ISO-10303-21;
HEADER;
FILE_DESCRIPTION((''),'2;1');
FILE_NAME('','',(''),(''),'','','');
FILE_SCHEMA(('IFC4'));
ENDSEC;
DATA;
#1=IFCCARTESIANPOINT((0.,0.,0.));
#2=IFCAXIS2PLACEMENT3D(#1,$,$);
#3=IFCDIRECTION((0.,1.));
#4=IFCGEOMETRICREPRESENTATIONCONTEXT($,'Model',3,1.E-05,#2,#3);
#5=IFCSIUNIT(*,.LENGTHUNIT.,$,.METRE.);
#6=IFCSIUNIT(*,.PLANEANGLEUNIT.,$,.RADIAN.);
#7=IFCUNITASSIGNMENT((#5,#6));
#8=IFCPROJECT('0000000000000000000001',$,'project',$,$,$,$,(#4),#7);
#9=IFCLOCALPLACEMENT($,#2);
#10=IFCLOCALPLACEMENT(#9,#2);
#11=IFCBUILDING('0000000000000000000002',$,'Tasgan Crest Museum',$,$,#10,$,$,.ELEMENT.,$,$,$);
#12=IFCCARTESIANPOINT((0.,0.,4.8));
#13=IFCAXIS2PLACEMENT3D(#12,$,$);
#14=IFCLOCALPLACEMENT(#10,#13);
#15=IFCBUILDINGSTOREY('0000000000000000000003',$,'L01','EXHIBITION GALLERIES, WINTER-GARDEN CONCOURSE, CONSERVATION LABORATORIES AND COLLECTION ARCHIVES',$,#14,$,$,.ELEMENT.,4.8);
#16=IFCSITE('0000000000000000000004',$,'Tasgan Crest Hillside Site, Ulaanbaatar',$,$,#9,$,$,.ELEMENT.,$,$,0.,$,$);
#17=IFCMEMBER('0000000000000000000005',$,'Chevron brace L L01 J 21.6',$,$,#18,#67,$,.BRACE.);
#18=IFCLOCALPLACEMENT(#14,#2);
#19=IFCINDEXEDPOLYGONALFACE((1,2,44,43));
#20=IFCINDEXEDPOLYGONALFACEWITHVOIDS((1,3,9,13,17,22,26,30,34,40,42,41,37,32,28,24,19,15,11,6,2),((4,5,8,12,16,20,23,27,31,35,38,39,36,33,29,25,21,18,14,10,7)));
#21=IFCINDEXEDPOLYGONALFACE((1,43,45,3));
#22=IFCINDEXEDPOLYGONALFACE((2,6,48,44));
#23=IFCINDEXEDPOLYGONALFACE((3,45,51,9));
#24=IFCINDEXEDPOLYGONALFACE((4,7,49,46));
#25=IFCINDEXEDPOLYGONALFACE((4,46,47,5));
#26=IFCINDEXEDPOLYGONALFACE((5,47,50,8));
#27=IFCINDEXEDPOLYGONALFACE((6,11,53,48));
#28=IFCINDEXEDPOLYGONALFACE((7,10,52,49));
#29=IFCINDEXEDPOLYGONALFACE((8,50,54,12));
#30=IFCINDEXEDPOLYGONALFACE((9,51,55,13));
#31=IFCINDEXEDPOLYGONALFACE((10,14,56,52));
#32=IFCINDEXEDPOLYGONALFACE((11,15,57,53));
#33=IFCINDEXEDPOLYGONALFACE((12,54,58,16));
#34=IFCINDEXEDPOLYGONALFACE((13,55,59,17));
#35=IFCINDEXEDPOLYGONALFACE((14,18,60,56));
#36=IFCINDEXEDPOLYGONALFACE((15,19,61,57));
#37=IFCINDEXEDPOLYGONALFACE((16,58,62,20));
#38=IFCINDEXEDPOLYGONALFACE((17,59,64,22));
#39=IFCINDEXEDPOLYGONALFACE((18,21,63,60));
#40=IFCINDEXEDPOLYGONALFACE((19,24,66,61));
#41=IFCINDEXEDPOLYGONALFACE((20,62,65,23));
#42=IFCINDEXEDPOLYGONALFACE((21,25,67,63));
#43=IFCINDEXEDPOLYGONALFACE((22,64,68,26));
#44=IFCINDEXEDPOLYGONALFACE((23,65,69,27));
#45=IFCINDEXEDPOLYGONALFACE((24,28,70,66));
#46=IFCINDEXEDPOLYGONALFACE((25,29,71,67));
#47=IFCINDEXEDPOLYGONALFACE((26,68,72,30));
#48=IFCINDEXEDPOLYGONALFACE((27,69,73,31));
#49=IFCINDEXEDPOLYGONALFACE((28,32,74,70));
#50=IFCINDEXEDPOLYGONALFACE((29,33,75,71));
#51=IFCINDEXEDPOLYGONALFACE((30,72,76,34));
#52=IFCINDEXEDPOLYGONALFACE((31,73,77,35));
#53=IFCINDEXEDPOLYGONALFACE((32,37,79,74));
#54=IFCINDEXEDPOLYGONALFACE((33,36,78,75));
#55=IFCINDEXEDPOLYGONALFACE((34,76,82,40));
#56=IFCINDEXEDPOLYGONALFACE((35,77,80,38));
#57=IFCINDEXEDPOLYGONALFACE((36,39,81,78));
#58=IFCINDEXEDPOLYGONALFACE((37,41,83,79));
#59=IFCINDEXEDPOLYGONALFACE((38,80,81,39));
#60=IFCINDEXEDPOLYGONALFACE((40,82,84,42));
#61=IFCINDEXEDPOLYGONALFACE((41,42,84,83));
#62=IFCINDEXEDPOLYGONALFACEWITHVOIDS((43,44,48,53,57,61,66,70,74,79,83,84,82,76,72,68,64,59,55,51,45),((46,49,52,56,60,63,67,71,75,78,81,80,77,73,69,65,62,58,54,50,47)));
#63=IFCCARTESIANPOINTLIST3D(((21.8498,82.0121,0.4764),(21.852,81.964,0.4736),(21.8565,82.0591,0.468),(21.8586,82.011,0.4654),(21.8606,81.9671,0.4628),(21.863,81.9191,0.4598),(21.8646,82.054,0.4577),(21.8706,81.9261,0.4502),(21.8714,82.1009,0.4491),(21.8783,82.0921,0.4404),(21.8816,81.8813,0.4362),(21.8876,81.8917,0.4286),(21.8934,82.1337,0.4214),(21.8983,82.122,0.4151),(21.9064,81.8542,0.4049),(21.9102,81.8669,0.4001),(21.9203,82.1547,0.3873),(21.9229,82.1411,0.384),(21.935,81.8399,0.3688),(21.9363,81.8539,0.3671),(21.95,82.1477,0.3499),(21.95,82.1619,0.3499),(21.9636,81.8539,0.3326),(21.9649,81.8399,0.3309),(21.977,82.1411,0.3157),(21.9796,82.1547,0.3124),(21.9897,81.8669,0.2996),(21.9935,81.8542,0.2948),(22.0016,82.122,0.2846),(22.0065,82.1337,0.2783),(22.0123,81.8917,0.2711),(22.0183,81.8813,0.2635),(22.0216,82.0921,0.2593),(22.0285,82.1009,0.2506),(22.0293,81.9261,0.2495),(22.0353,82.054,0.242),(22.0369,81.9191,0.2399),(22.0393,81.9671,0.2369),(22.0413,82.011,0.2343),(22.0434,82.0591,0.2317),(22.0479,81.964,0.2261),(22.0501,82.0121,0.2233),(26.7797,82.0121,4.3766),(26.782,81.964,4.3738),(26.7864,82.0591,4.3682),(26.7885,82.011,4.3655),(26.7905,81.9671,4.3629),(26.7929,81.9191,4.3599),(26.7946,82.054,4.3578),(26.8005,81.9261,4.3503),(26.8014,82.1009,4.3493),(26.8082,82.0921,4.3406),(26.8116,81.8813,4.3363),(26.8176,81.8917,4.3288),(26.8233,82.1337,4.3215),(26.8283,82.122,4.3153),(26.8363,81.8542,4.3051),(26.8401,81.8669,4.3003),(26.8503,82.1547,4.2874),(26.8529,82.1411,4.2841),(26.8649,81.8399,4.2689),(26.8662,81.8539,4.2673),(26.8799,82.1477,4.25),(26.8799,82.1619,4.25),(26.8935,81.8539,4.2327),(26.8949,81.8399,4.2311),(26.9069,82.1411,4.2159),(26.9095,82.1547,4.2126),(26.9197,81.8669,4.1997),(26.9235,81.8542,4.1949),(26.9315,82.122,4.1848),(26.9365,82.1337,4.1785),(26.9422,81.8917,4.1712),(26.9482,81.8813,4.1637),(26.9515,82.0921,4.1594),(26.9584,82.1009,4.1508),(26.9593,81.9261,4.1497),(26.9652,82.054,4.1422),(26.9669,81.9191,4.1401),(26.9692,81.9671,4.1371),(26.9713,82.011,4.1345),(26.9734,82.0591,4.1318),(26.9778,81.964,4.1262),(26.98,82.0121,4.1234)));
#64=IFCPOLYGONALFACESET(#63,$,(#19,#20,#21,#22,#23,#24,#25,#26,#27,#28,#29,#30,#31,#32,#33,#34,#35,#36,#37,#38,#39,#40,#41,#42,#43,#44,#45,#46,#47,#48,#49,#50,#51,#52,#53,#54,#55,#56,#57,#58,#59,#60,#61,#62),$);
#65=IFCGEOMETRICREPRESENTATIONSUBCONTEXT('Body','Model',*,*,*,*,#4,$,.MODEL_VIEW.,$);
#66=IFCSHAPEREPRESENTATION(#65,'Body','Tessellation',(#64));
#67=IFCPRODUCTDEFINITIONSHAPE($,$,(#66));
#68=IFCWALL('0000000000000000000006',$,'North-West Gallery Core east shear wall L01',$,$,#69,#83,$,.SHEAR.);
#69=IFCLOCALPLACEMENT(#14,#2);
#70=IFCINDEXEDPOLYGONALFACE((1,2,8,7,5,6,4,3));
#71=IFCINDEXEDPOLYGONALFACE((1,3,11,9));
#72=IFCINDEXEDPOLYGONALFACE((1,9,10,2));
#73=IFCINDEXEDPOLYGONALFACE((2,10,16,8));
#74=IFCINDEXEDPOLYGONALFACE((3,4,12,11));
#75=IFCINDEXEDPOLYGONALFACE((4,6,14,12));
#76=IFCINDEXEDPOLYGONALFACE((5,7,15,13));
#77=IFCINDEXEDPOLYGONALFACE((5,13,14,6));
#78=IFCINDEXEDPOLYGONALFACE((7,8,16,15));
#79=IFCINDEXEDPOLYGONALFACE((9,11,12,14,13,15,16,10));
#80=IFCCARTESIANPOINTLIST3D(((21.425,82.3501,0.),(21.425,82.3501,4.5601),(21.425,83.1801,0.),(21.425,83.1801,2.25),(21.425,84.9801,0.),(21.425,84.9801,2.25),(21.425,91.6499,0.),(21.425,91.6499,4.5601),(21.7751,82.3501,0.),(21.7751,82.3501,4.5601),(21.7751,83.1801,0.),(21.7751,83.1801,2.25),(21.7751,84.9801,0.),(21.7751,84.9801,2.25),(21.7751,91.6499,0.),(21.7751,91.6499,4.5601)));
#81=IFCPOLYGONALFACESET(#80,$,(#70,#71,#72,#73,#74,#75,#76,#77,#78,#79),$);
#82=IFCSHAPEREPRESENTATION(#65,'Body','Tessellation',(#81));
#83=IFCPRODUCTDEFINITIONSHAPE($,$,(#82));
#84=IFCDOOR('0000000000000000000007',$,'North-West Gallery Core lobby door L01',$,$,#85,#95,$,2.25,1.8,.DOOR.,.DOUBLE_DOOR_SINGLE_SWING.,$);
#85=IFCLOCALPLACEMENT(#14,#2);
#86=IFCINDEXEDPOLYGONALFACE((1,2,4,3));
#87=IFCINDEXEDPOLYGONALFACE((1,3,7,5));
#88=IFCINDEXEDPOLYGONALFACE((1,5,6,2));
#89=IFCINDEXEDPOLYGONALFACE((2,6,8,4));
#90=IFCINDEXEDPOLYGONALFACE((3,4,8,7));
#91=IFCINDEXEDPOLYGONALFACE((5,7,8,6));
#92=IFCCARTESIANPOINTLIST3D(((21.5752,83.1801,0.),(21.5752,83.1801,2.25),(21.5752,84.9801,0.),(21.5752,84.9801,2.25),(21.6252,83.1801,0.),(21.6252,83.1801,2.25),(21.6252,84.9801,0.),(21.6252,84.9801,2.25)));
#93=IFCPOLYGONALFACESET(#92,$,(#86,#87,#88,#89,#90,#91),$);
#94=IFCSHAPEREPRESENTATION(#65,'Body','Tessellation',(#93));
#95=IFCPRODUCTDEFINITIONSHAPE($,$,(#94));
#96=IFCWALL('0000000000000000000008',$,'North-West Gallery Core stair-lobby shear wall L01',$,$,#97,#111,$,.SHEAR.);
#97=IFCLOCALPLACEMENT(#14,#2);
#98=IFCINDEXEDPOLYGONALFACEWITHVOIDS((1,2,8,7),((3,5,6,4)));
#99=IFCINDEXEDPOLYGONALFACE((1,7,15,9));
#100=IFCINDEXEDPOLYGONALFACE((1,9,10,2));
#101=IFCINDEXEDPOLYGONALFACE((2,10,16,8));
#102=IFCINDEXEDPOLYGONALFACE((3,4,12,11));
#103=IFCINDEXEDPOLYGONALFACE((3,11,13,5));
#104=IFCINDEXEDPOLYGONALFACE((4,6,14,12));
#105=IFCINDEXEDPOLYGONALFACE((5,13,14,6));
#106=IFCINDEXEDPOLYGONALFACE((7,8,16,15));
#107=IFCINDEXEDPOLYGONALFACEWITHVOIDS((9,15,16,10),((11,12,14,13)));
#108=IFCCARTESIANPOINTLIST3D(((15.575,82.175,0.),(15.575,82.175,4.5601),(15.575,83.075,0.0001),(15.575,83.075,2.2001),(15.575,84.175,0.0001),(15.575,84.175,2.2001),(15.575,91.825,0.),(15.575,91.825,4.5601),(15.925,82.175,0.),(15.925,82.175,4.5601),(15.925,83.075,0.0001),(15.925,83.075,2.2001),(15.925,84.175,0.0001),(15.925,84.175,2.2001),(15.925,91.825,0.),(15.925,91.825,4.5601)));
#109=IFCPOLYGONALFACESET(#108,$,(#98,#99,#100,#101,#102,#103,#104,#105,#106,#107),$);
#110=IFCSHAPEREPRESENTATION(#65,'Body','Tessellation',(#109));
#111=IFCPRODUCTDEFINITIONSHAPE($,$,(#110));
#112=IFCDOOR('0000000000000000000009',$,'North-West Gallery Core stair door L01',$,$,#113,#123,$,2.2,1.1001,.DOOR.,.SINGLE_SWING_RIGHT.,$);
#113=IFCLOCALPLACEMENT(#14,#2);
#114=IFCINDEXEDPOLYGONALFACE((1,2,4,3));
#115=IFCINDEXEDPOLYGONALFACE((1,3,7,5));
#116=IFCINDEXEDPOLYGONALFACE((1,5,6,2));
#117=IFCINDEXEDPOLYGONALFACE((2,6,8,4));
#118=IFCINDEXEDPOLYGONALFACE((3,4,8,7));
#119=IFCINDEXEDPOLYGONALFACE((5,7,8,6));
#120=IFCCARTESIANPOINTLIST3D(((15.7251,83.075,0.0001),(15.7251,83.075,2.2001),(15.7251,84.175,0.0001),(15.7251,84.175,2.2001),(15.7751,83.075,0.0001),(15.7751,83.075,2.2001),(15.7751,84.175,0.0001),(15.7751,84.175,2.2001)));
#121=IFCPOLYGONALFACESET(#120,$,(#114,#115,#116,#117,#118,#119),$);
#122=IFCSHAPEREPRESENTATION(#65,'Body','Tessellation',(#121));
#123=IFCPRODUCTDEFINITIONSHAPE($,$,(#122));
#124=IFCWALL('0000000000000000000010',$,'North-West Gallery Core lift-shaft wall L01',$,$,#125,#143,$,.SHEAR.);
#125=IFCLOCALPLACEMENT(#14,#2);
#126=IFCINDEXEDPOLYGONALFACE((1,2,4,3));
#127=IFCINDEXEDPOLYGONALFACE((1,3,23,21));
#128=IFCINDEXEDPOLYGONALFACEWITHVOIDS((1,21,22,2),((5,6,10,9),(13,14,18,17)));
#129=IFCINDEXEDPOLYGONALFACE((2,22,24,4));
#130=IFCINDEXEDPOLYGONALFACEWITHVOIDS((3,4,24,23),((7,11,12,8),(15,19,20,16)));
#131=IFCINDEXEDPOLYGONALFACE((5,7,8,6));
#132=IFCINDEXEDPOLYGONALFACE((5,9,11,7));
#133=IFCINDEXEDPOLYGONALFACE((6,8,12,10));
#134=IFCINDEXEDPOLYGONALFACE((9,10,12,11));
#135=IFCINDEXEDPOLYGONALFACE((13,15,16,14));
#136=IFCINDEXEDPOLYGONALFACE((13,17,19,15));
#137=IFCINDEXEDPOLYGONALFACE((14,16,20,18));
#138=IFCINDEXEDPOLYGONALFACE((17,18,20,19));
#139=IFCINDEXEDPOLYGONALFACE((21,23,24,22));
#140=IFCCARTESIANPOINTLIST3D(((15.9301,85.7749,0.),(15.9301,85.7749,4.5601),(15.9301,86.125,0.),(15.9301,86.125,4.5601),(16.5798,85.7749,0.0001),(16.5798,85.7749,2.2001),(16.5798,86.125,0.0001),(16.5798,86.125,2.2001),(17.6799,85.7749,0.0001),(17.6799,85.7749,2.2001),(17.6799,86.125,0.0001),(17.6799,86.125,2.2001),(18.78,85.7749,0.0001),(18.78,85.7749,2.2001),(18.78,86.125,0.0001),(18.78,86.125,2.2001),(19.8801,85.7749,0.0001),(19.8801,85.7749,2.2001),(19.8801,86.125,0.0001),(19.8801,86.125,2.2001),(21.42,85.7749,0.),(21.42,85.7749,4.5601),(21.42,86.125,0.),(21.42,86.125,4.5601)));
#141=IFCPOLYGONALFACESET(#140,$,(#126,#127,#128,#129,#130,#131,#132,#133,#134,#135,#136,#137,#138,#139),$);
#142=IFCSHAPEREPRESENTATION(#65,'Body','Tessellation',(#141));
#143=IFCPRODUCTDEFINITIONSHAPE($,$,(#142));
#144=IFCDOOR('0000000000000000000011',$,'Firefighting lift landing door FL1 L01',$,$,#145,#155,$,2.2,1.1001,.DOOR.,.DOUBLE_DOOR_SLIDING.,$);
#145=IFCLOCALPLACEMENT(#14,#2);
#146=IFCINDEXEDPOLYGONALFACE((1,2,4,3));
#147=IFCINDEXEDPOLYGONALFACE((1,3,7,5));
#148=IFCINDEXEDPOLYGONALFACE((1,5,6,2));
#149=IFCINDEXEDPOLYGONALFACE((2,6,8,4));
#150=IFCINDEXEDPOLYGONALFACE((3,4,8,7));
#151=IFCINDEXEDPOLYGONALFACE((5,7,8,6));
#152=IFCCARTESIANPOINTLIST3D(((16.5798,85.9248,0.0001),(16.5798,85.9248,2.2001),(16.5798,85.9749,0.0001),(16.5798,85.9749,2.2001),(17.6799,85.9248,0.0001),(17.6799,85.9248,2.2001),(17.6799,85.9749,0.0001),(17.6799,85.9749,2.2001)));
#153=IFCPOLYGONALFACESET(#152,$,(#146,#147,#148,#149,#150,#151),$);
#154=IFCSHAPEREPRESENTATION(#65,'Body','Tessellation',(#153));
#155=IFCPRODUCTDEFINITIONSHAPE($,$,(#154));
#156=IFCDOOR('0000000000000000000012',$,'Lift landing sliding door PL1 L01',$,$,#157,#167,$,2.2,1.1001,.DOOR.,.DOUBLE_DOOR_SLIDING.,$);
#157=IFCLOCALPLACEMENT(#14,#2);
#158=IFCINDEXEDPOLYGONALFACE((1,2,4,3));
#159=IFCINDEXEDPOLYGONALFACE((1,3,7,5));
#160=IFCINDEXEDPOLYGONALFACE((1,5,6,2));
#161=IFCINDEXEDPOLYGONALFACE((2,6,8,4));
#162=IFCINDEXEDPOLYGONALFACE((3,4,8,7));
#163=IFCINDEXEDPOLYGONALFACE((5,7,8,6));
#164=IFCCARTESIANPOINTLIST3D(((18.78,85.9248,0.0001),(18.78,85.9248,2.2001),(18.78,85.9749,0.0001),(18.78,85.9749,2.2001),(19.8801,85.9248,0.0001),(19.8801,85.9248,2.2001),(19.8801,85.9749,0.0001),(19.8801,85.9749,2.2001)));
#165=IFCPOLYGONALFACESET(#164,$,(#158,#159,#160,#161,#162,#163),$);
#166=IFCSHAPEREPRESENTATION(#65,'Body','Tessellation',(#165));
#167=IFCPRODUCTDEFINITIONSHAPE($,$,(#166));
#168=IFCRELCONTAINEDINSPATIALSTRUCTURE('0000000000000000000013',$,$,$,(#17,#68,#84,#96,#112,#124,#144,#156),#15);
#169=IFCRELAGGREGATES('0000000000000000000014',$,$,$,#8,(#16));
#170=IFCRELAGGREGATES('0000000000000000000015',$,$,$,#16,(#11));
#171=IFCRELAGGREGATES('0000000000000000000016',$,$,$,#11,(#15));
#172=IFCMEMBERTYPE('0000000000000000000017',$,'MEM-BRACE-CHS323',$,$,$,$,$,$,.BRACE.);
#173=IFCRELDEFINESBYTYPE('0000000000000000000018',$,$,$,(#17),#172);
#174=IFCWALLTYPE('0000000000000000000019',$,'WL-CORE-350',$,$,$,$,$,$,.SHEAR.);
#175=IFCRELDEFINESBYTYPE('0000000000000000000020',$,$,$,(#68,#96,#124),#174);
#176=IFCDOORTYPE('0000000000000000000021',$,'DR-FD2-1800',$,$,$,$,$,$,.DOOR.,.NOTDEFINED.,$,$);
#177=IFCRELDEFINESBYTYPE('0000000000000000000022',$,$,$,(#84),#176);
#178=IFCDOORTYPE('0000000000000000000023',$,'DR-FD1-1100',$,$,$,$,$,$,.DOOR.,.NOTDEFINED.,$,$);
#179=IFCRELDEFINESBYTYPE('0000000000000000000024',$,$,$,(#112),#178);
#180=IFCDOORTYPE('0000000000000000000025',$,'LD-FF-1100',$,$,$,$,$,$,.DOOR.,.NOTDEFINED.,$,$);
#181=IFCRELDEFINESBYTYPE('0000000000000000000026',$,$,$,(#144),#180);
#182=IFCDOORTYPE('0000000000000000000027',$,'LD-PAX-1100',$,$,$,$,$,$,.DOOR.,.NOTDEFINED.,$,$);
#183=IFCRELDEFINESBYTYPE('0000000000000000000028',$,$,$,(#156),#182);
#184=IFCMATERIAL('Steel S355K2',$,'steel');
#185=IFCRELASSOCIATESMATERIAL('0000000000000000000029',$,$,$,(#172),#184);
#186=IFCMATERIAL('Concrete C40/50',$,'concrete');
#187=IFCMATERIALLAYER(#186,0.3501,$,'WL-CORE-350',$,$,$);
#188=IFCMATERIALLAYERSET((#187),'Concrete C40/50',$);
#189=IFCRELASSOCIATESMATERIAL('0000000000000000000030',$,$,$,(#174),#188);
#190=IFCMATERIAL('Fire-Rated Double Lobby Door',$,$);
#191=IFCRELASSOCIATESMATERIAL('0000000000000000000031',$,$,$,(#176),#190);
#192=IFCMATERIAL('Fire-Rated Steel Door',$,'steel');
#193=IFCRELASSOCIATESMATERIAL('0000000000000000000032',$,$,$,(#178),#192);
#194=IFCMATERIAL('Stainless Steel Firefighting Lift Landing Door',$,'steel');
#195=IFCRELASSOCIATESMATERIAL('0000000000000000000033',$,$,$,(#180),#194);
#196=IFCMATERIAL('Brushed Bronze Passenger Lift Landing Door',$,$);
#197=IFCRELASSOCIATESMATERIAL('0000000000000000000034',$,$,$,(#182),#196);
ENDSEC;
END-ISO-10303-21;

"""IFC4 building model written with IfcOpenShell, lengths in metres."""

from ifc_helpers import new_model, si_unit, direction, frame, frame_2d, origin, origin_2d, place, context, subcontext, project, spatial, rectangle, hollow_circle, extrude, material, layer, layer_set, material_profile, profile_set, type_object, element, fill, save


model = new_model("IFC4")

# Units and contexts
model_context = context("Model", 3, precision=1e-05, world=origin(), true_north=direction((0.0, 1.0)))
body_context = subcontext(model_context, "Body", "Model", "MODEL_VIEW")
ifc_project = project(units=[si_unit("LENGTHUNIT", "METRE"), si_unit("PLANEANGLEUNIT", "RADIAN")], contexts=[model_context])

# Site, building, storey
site_placement = place(None, origin())
site = spatial("IfcSite", under=ifc_project, at=site_placement, Name="Tasgan Crest Hillside Site, Ulaanbaatar", CompositionType="ELEMENT", RefElevation=0.0)
building_placement = place(site_placement, origin())
building = spatial("IfcBuilding", under=site, at=building_placement, Name="Tasgan Crest Museum", CompositionType="ELEMENT")
storey_placement = place(building_placement, frame((0.0, 0.0, 4.8)))
storey = spatial("IfcBuildingStorey", under=building, at=storey_placement, Name="L01", Description="EXHIBITION GALLERIES, WINTER-GARDEN CONCOURSE, CONSERVATION LABORATORIES AND COLLECTION ARCHIVES", CompositionType="ELEMENT", Elevation=4.8)

# Member
ifc_material_1 = material(Name="Steel S355K2", Category="steel")
ifc_material_profile_1 = material_profile(ifc_material_1, hollow_circle(Radius=0.1619, WallThickness=0.0142, at=origin_2d()), Name="CHS 323.9x14.2")
ifc_profile_set_1 = profile_set([ifc_material_profile_1], Name="Steel S355K2")
member_type = type_object("IfcMemberType", Name="MEM-BRACE-CHS323", PredefinedType="BRACE", material=ifc_profile_set_1)
member_placement = place(storey_placement, frame((21.95, 82.0, 0.3499), z_axis=(0.784256, 0.0, 0.620437), x_axis=(0.0, 1.0, 0.0)))
element("IfcMember", 1, at=member_placement, inside=storey, type_object=member_type, Name="Chevron brace L L01 J 21.6", PredefinedType="BRACE", context=body_context, shape_type="SweptSolid", body=[
    extrude(hollow_circle(Radius=0.1619, WallThickness=0.0142, at=origin_2d()), origin(), (0.0, 0.0, 1.0), 6.2861),
])

# Walls, openings, doors
ifc_material_2 = material(Name="Concrete C40/50", Category="concrete")
ifc_layer = layer(ifc_material_2, 0.3501, Name="WL-CORE-350")
ifc_layer_set = layer_set([ifc_layer], Name="Concrete C40/50")
wall_type = type_object("IfcWallType", Name="WL-CORE-350", PredefinedType="SHEAR", material=ifc_layer_set)
wall_1_placement = place(storey_placement, frame((21.6001, 82.3501, 0.0), z_axis=(0.0, 0.0, 1.0), x_axis=(0.0, 1.0, 0.0)))
wall_1 = element("IfcWall", 2, at=wall_1_placement, inside=storey, type_object=wall_type, Name="North-West Gallery Core east shear wall L01", PredefinedType="SHEAR", context=body_context, shape_type="SweptSolid", body=[
    extrude(rectangle(XDim=9.2998, YDim=0.3501, at=frame_2d((4.6499, 0.0))), origin(), (0.0, 0.0, 1.0), 4.5601),
])
opening_1_placement = place(wall_1_placement, frame((0.8301, 0.0, 0.0)))
opening_1 = element("IfcOpeningElement", 3, at=opening_1_placement, cuts=wall_1, PredefinedType="OPENING", context=body_context, shape_type="SweptSolid", body=[
    extrude(rectangle(XDim=1.8, YDim=2.25, at=frame_2d((0.8999, 1.125))), frame((0.0, 0.1851, 0.0), z_axis=(0.0, -1.0, 0.0), x_axis=(1.0, 0.0, 0.0)), (0.0, 0.0, 1.0), 0.3701),
])
ifc_material_3 = material(Name="Fire-Rated Double Lobby Door")
door_type_1 = type_object("IfcDoorType", Name="DR-FD2-1800", OperationType="NOTDEFINED", PredefinedType="DOOR", material=ifc_material_3)
door_1_placement = place(opening_1_placement, origin())
door_1 = element("IfcDoor", 4, at=door_1_placement, inside=storey, type_object=door_type_1, Name="North-West Gallery Core lobby door L01", OperationType="DOUBLE_DOOR_SINGLE_SWING", OverallHeight=2.25, OverallWidth=1.8, PredefinedType="DOOR", context=body_context, shape_type="SweptSolid", body=[
    extrude(rectangle(XDim=1.8, YDim=2.25, at=frame_2d((0.8999, 1.125))), frame((0.0, 0.0249, 0.0), z_axis=(0.0, -1.0, 0.0), x_axis=(1.0, 0.0, 0.0)), (0.0, 0.0, 1.0), 0.05),
])
fill(opening_1, door_1)
wall_2_placement = place(storey_placement, frame((15.75, 82.175, 0.0), z_axis=(0.0, 0.0, 1.0), x_axis=(0.0, 1.0, 0.0)))
wall_2 = element("IfcWall", 5, at=wall_2_placement, inside=storey, type_object=wall_type, Name="North-West Gallery Core stair-lobby shear wall L01", PredefinedType="SHEAR", context=body_context, shape_type="SweptSolid", body=[
    extrude(rectangle(XDim=9.6499, YDim=0.3501, at=frame_2d((4.825, 0.0))), origin(), (0.0, 0.0, 1.0), 4.5601),
])
opening_2_placement = place(wall_2_placement, frame((0.8999, 0.0, 0.0)))
opening_2 = element("IfcOpeningElement", 6, at=opening_2_placement, cuts=wall_2, PredefinedType="OPENING", context=body_context, shape_type="SweptSolid", body=[
    extrude(rectangle(XDim=1.1001, YDim=2.2, at=frame_2d((0.55, 1.1001))), frame((0.0, 0.1851, 0.0), z_axis=(0.0, -1.0, 0.0), x_axis=(1.0, 0.0, 0.0)), (0.0, 0.0, 1.0), 0.3701),
])
ifc_material_4 = material(Name="Fire-Rated Steel Door", Category="steel")
door_type_2 = type_object("IfcDoorType", Name="DR-FD1-1100", OperationType="NOTDEFINED", PredefinedType="DOOR", material=ifc_material_4)
door_2_placement = place(opening_2_placement, origin())
door_2 = element("IfcDoor", 7, at=door_2_placement, inside=storey, type_object=door_type_2, Name="North-West Gallery Core stair door L01", OperationType="SINGLE_SWING_RIGHT", OverallHeight=2.2, OverallWidth=1.1001, PredefinedType="DOOR", context=body_context, shape_type="SweptSolid", body=[
    extrude(rectangle(XDim=1.1001, YDim=2.2, at=frame_2d((0.55, 1.1001))), frame((0.0, 0.0249, 0.0), z_axis=(0.0, -1.0, 0.0), x_axis=(1.0, 0.0, 0.0)), (0.0, 0.0, 1.0), 0.05),
])
fill(opening_2, door_2)

# Wall, openings, doors
wall_3_placement = place(storey_placement, frame((15.9299, 85.95, 0.0), z_axis=(0.0, 0.0, 1.0), x_axis=(1.0, 0.0, 0.0)))
wall_3 = element("IfcWall", 8, at=wall_3_placement, inside=storey, type_object=wall_type, Name="North-West Gallery Core lift-shaft wall L01", PredefinedType="SHEAR", context=body_context, shape_type="SweptSolid", body=[
    extrude(rectangle(XDim=5.49, YDim=0.3501, at=frame_2d((2.7451, 0.0))), origin(), (0.0, 0.0, 1.0), 4.5601),
])
opening_3_placement = place(wall_3_placement, frame((0.6499, 0.0, 0.0)))
opening_3 = element("IfcOpeningElement", 9, at=opening_3_placement, cuts=wall_3, PredefinedType="OPENING", context=body_context, shape_type="SweptSolid", body=[
    extrude(rectangle(XDim=1.1001, YDim=2.2, at=frame_2d((0.55, 1.1001))), frame((0.0, 0.1851, 0.0), z_axis=(0.0, -1.0, 0.0), x_axis=(1.0, 0.0, 0.0)), (0.0, 0.0, 1.0), 0.3701),
])
opening_4_placement = place(wall_3_placement, frame((2.8501, 0.0, 0.0)))
opening_4 = element("IfcOpeningElement", 10, at=opening_4_placement, cuts=wall_3, PredefinedType="OPENING", context=body_context, shape_type="SweptSolid", body=[
    extrude(rectangle(XDim=1.1001, YDim=2.2, at=frame_2d((0.55, 1.1001))), frame((0.0, 0.1851, 0.0), z_axis=(0.0, -1.0, 0.0), x_axis=(1.0, 0.0, 0.0)), (0.0, 0.0, 1.0), 0.3701),
])
ifc_material_5 = material(Name="Stainless Steel Firefighting Lift Landing Door", Category="steel")
door_type_3 = type_object("IfcDoorType", Name="LD-FF-1100", OperationType="NOTDEFINED", PredefinedType="DOOR", material=ifc_material_5)
door_3_placement = place(opening_3_placement, origin())
door_3 = element("IfcDoor", 11, at=door_3_placement, inside=storey, type_object=door_type_3, Name="Firefighting lift landing door FL1 L01", OperationType="DOUBLE_DOOR_SLIDING", OverallHeight=2.2, OverallWidth=1.1001, PredefinedType="DOOR", context=body_context, shape_type="SweptSolid", body=[
    extrude(rectangle(XDim=1.1001, YDim=2.2, at=frame_2d((0.55, 1.1001))), frame((0.0, 0.0249, 0.0), z_axis=(0.0, -1.0, 0.0), x_axis=(1.0, 0.0, 0.0)), (0.0, 0.0, 1.0), 0.05),
])
fill(opening_3, door_3)
ifc_material_6 = material(Name="Brushed Bronze Passenger Lift Landing Door")
door_type_4 = type_object("IfcDoorType", Name="LD-PAX-1100", OperationType="NOTDEFINED", PredefinedType="DOOR", material=ifc_material_6)
door_4_placement = place(opening_4_placement, origin())
door_4 = element("IfcDoor", 12, at=door_4_placement, inside=storey, type_object=door_type_4, Name="Lift landing sliding door PL1 L01", OperationType="DOUBLE_DOOR_SLIDING", OverallHeight=2.2, OverallWidth=1.1001, PredefinedType="DOOR", context=body_context, shape_type="SweptSolid", body=[
    extrude(rectangle(XDim=1.1001, YDim=2.2, at=frame_2d((0.55, 1.1001))), frame((0.0, 0.0249, 0.0), z_axis=(0.0, -1.0, 0.0), x_axis=(1.0, 0.0, 0.0)), (0.0, 0.0, 1.0), 0.05),
])
fill(opening_4, door_4)

save(model, "model.ifc")
